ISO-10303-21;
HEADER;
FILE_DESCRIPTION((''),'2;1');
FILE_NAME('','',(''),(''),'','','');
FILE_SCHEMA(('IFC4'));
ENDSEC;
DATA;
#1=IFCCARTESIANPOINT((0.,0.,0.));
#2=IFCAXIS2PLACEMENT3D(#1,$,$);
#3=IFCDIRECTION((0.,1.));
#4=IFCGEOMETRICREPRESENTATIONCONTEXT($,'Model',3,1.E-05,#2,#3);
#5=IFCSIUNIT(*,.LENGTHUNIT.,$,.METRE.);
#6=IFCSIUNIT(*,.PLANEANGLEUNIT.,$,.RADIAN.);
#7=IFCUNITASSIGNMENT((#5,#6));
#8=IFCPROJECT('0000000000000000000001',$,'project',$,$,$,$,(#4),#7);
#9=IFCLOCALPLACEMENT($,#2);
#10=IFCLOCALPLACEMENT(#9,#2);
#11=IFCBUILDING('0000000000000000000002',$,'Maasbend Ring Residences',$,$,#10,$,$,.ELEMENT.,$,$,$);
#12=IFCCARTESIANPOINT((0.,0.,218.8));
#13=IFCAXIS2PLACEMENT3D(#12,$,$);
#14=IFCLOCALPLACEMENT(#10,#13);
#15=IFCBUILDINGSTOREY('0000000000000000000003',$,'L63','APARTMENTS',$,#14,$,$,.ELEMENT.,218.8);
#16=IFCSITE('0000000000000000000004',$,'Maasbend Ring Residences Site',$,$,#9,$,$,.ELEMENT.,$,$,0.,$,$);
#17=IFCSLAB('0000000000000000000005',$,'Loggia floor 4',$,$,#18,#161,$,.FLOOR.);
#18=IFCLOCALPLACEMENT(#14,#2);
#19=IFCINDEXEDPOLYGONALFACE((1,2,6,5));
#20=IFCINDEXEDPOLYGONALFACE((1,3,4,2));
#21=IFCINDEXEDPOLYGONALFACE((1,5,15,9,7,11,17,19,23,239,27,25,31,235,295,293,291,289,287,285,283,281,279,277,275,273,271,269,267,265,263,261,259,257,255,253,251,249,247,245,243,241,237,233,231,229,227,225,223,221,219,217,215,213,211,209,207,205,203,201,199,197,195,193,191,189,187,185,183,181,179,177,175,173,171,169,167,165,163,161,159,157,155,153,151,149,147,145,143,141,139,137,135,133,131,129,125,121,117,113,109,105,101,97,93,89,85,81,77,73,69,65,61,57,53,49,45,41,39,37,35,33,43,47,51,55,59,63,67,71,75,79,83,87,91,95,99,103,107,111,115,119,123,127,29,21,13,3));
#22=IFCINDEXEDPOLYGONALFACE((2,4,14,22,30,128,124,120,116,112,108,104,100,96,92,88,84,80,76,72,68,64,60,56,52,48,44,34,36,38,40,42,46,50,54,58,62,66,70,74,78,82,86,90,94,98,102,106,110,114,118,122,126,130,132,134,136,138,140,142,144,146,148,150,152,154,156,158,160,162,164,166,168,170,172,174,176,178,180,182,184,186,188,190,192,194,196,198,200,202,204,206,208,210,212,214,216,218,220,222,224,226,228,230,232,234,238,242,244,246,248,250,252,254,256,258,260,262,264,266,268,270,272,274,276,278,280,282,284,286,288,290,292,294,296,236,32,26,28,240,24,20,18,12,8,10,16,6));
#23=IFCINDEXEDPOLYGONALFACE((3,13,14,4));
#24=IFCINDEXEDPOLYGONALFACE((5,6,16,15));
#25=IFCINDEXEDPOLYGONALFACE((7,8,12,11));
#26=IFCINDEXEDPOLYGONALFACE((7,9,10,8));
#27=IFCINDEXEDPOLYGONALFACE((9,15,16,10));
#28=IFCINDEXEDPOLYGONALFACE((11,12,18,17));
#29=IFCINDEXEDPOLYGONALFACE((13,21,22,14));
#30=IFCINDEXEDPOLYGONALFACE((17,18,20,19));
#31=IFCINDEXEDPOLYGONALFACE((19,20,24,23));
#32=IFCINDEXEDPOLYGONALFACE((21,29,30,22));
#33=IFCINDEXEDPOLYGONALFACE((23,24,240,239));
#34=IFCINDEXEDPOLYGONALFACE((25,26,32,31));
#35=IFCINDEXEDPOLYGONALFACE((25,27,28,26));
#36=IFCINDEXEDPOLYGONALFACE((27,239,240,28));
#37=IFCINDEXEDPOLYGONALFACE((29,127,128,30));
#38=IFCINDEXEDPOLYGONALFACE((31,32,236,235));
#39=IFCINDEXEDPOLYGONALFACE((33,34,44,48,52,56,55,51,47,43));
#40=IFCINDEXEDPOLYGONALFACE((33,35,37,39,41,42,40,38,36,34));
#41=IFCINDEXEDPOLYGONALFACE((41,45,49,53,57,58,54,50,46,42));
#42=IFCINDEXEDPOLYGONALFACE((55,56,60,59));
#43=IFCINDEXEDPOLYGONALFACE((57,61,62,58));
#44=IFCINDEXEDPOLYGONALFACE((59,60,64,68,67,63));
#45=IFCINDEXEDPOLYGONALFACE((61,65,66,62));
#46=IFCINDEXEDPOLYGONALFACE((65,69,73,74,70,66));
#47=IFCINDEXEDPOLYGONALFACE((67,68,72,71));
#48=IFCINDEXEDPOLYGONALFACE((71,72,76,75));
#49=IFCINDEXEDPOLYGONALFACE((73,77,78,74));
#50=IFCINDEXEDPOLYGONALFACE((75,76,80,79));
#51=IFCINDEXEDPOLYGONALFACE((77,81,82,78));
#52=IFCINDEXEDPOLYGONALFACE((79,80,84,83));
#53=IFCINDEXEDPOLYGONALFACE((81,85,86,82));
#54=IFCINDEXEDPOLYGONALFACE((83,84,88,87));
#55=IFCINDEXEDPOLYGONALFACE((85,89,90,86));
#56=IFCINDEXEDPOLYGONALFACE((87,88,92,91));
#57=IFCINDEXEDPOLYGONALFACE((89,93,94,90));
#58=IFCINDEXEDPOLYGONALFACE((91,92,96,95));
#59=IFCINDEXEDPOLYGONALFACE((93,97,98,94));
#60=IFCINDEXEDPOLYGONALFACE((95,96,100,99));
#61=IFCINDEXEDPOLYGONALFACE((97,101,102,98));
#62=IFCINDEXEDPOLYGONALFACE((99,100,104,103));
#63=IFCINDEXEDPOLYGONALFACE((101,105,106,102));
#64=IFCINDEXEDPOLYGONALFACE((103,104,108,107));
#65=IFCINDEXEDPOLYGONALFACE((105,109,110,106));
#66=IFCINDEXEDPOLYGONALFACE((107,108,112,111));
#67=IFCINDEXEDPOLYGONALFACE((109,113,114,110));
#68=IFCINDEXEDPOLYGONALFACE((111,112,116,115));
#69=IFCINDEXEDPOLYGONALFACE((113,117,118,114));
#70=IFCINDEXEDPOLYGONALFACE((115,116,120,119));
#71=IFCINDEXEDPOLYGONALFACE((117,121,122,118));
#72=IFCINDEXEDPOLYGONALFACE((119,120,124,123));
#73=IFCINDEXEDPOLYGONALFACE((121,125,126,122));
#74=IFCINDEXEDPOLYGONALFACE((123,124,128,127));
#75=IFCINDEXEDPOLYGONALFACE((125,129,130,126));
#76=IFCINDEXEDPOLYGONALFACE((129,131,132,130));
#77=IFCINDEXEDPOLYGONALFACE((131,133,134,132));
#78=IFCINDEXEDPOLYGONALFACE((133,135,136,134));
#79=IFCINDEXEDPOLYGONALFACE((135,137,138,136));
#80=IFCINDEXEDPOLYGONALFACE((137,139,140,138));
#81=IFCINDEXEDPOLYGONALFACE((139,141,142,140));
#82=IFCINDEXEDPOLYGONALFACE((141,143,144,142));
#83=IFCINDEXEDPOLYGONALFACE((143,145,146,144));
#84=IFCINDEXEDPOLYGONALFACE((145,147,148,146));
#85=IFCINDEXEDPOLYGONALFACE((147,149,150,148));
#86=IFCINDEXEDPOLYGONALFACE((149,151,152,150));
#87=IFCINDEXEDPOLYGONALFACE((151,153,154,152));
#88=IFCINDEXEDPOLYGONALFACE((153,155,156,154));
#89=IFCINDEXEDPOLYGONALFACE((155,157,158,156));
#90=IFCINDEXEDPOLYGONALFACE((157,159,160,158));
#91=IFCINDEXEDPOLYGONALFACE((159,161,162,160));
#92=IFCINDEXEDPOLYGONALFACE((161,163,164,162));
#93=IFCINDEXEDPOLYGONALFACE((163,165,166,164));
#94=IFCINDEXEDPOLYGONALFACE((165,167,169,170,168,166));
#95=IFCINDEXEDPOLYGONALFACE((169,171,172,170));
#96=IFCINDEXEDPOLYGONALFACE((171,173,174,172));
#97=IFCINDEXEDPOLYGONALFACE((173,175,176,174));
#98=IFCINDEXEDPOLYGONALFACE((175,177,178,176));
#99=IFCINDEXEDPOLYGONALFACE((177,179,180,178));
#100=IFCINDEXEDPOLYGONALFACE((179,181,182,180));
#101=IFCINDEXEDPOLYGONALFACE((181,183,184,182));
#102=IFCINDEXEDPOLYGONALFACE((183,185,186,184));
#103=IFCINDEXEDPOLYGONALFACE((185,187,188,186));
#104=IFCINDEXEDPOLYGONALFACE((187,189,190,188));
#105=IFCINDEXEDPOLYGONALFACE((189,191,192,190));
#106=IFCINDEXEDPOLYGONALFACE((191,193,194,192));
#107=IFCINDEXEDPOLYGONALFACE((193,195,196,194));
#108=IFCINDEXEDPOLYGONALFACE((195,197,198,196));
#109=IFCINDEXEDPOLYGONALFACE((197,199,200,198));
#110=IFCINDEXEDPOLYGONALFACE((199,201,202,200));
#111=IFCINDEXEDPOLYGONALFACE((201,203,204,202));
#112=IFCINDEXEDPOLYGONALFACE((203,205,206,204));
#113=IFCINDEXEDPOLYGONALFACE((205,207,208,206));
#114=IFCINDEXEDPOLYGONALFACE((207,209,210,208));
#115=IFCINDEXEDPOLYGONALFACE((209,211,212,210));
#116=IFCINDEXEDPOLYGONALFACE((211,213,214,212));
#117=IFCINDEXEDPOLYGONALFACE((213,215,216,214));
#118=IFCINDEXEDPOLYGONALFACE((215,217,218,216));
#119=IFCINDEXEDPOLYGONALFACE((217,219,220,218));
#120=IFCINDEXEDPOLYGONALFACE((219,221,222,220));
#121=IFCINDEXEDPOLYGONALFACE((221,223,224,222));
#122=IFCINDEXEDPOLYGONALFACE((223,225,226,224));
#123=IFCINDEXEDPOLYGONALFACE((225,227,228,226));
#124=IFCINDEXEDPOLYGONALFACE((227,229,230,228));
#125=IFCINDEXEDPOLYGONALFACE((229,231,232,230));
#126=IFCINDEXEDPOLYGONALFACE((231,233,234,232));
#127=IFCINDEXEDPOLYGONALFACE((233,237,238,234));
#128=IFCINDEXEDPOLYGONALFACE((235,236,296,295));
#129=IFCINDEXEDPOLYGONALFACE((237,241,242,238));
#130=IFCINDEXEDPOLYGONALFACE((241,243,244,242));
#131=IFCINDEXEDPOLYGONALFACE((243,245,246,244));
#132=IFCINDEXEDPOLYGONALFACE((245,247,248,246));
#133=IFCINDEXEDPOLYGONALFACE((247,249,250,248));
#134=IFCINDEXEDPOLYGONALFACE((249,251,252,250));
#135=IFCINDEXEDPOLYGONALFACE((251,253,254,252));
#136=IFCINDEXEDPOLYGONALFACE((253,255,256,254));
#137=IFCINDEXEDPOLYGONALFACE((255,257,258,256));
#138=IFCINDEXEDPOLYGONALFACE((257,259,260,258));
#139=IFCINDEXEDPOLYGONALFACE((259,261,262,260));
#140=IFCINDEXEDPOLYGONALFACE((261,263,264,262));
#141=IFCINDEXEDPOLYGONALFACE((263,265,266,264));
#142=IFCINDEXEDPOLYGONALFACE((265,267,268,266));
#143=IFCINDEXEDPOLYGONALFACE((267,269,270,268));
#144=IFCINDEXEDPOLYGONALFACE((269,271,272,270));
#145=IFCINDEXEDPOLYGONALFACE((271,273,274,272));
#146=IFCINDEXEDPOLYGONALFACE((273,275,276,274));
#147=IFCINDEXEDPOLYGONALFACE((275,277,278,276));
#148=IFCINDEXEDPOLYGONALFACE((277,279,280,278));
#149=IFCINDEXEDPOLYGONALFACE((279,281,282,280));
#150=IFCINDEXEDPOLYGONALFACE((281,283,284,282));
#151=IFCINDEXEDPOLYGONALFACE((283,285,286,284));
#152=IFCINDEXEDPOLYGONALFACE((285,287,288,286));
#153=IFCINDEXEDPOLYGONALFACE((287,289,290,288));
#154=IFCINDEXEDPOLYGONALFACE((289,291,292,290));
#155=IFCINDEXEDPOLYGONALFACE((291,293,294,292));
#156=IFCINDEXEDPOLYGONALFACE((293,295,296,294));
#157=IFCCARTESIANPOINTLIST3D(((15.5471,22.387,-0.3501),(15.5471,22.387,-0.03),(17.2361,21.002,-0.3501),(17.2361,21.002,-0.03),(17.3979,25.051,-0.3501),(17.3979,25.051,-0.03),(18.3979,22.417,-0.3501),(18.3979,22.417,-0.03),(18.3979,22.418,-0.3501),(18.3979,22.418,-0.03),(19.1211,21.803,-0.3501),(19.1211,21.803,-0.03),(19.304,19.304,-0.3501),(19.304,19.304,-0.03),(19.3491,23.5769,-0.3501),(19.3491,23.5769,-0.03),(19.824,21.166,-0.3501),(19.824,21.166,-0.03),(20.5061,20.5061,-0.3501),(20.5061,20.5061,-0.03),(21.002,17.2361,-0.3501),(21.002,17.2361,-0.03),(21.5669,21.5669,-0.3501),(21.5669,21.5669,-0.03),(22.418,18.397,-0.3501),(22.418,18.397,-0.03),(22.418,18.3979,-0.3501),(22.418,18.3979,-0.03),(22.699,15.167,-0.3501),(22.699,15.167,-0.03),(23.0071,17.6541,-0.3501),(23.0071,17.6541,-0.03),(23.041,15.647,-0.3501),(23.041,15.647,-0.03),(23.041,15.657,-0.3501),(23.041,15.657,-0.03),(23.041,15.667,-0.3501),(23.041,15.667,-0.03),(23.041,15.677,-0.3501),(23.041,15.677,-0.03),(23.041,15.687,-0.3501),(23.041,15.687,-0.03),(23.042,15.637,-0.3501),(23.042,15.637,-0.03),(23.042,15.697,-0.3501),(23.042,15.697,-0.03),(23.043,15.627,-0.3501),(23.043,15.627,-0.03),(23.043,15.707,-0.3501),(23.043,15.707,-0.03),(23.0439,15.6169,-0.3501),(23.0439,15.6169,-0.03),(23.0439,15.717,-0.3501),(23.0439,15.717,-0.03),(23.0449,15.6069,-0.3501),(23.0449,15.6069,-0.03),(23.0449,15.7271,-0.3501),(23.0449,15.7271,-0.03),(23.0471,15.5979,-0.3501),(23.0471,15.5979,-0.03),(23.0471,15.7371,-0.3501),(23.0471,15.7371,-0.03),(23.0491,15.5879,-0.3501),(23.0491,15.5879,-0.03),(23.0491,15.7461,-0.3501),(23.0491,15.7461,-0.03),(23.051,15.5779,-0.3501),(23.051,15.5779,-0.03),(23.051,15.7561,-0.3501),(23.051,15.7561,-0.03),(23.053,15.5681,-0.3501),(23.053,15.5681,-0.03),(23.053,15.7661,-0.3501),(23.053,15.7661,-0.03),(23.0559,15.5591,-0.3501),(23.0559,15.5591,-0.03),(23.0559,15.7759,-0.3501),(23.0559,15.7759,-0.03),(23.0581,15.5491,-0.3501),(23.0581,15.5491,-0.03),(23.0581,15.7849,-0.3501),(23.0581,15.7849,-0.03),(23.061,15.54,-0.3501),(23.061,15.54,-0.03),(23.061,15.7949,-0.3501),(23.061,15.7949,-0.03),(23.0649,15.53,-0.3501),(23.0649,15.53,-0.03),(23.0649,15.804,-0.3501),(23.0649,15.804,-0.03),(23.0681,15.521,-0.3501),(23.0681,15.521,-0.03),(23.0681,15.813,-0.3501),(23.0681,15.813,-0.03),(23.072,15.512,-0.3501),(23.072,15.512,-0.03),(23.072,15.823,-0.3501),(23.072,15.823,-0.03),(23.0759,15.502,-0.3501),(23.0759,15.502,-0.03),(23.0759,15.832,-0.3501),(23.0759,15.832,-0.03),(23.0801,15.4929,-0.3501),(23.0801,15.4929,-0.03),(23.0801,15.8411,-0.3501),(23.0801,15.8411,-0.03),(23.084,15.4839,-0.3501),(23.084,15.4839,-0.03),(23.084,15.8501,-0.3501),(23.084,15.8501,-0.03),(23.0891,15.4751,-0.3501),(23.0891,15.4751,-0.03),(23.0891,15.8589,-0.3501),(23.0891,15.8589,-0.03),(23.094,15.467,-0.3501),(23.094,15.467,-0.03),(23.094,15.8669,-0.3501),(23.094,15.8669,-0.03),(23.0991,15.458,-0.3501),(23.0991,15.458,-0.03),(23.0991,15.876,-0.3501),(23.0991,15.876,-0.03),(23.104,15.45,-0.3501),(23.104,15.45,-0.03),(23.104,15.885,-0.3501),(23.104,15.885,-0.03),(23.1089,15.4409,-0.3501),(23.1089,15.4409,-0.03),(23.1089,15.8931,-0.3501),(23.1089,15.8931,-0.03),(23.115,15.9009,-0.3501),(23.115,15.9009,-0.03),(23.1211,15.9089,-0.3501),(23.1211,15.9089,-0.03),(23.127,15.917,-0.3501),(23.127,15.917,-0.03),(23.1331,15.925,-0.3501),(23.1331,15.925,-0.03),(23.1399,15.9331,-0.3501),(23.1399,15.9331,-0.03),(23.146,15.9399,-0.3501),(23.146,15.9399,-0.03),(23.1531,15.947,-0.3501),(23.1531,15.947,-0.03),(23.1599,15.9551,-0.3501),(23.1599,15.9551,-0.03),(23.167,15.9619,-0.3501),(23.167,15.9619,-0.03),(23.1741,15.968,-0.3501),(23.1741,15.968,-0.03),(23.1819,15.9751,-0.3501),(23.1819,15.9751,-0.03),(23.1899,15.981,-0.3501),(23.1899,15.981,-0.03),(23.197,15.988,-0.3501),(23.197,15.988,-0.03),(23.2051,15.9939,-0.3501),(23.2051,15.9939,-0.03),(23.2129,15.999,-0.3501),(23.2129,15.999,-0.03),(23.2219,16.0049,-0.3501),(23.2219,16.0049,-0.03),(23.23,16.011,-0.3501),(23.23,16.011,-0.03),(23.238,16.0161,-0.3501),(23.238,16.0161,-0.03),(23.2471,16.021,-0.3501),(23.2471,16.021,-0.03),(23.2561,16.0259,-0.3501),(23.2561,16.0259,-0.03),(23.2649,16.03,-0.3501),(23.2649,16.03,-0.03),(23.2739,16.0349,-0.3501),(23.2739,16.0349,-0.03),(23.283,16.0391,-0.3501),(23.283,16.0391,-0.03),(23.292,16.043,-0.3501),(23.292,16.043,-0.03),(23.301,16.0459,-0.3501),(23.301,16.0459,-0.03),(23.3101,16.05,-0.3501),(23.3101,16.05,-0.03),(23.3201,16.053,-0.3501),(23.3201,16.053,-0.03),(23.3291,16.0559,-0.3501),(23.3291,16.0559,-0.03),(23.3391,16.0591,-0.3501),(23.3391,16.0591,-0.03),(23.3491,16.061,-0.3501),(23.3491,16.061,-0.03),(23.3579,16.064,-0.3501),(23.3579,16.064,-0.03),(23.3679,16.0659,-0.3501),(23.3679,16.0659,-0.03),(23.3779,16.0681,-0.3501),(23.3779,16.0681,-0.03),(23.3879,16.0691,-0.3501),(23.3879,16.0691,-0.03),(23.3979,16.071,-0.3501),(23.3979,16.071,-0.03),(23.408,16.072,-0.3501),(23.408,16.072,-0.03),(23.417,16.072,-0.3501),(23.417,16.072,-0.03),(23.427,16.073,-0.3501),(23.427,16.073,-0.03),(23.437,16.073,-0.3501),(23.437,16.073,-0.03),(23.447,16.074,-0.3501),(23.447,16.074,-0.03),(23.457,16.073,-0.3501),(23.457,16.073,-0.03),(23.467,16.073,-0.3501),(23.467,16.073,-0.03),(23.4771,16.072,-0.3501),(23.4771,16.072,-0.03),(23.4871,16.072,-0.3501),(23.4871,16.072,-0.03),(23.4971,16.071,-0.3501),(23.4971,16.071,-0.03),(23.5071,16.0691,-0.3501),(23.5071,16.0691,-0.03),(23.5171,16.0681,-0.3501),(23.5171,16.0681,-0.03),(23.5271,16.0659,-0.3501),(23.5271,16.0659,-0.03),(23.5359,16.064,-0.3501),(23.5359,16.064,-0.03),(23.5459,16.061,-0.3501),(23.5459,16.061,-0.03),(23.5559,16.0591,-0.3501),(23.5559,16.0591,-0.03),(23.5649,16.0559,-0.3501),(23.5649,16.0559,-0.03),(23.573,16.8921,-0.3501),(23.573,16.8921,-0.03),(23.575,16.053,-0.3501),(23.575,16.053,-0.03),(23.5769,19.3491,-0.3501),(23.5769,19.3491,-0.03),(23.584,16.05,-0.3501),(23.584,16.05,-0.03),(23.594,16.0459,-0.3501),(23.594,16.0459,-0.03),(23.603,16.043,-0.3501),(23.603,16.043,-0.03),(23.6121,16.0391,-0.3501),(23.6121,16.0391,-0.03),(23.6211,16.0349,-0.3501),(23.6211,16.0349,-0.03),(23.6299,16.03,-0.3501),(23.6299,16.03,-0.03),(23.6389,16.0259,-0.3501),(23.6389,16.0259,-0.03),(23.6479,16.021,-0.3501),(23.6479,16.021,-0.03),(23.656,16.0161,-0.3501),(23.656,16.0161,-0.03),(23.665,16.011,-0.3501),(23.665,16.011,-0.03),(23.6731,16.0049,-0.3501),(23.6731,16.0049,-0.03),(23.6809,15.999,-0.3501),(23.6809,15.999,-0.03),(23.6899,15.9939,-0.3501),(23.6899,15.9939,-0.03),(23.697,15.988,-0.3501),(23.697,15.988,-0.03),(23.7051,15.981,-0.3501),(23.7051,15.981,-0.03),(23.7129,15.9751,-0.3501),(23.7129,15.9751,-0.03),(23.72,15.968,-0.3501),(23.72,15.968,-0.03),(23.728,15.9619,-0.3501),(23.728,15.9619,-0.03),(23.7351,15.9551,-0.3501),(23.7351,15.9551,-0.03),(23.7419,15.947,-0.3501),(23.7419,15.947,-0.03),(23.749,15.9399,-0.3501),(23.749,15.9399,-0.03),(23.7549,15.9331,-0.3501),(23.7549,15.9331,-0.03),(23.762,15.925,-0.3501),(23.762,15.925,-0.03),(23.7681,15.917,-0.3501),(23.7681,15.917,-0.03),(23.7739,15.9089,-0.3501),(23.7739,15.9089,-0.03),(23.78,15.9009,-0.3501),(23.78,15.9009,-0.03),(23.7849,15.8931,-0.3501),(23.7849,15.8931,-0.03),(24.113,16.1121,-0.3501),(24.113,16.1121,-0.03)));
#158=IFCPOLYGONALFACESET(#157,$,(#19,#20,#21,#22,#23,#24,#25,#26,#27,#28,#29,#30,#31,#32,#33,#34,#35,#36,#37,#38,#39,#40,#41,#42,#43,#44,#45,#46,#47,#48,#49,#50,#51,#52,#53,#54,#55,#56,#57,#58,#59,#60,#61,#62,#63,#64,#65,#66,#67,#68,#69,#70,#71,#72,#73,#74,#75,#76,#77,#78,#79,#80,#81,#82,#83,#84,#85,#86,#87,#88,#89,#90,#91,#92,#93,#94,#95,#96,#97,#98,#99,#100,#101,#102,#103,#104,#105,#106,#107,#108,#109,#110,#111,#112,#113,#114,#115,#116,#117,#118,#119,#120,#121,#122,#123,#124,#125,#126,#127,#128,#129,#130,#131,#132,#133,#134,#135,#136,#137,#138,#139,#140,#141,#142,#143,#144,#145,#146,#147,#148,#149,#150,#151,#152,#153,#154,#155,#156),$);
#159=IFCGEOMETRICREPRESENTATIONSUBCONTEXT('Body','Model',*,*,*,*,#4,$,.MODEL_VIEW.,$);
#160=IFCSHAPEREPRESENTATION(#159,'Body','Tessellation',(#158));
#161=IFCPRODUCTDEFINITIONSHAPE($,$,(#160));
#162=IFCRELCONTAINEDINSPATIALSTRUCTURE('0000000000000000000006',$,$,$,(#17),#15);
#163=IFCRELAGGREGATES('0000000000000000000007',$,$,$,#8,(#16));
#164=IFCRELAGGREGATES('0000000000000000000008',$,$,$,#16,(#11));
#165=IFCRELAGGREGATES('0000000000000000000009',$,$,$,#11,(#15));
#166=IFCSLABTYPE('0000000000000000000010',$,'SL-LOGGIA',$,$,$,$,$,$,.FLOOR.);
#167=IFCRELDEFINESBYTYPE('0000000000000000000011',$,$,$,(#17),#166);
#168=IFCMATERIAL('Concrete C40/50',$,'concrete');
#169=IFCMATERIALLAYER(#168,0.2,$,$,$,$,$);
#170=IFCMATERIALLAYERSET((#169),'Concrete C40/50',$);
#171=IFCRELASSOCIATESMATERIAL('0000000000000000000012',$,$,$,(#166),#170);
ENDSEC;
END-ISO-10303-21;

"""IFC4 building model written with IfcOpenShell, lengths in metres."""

from ifc_helpers import new_model, si_unit, direction, frame, origin, place, context, subcontext, project, spatial, polyline, outline, extrude, material, layer, layer_set, type_object, element, save


model = new_model("IFC4")

# Units and contexts
model_context = context("Model", 3, precision=1e-05, world=origin(), true_north=direction((0.0, 1.0)))
body_context = subcontext(model_context, "Body", "Model", "MODEL_VIEW")
ifc_project = project(units=[si_unit("LENGTHUNIT", "METRE"), si_unit("PLANEANGLEUNIT", "RADIAN")], contexts=[model_context])

# Site, building, storey
site_placement = place(None, origin())
site = spatial("IfcSite", under=ifc_project, at=site_placement, Name="Maasbend Ring Residences Site", CompositionType="ELEMENT", RefElevation=0.0)
building_placement = place(site_placement, origin())
building = spatial("IfcBuilding", under=site, at=building_placement, Name="Maasbend Ring Residences", CompositionType="ELEMENT")
storey_placement = place(building_placement, frame((0.0, 0.0, 218.8)))
storey = spatial("IfcBuildingStorey", under=building, at=storey_placement, Name="L63", Description="APARTMENTS", CompositionType="ELEMENT", Elevation=218.8)

# Slab
ifc_material_1 = material(Name="Concrete C40/50", Category="concrete")
ifc_layer_1 = layer(ifc_material_1, 0.2)
ifc_layer_set_1 = layer_set([ifc_layer_1], Name="Concrete C40/50")
slab_type_1 = type_object("IfcSlabType", Name="SL-LOGGIA", PredefinedType="FLOOR", material=ifc_layer_set_1)
slab_1_placement = place(storey_placement, frame((0.0, 0.0, -0.3501)))
element("IfcSlab", 1, at=slab_1_placement, inside=storey, type_object=slab_type_1, Name="Loggia floor 4", PredefinedType="FLOOR", context=body_context, shape_type="SweptSolid", body=[
    extrude(outline(polyline([(19.3491, 23.5769), (19.3491, 23.5769), (19.3491, 23.5769), (18.3979, 22.418), (18.3979, 22.418), (18.3979, 22.418), (18.3979, 22.418), (18.3979, 22.418), (18.3979, 22.417), (18.3979, 22.417), (18.3979, 22.417), (18.3979, 22.417), (18.3979, 22.417), (18.3979, 22.417), (18.3979, 22.417), (18.3979, 22.417), (18.3979, 22.417), (18.3979, 22.417), (18.3979, 22.417), (18.3979, 22.417), (19.1211, 21.803), (19.1211, 21.803), (19.824, 21.166), (19.824, 21.166), (20.5061, 20.5061), (20.5061, 20.5061), (20.5061, 20.5061), (20.5061, 20.5061), (20.5061, 20.5061), (20.5061, 20.5061), (20.5061, 20.5061), (20.5061, 20.5061), (20.5061, 20.5061), (20.5061, 20.5061), (20.5061, 20.5061), (20.5061, 20.5061), (20.5061, 20.5061), (20.5061, 20.5061), (20.5061, 20.5061), (20.5061, 20.5061), (20.5061, 20.5061), (21.5669, 21.5669), (21.5669, 21.5669), (21.5669, 21.5669), (23.5769, 19.3491), (23.5769, 19.3491), (23.5769, 19.3491), (22.418, 18.3979), (22.418, 18.3979), (22.418, 18.3979), (22.418, 18.3979), (22.418, 18.3979), (22.418, 18.3979), (22.418, 18.397), (22.418, 18.397), (22.418, 18.397), (22.418, 18.397), (22.418, 18.397), (22.418, 18.397), (22.418, 18.397), (22.418, 18.397), (22.418, 18.397), (22.418, 18.397), (22.418, 18.397), (23.0071, 17.6541), (23.0071, 17.6541), (23.573, 16.8921), (23.573, 16.8921), (24.113, 16.1121), (24.113, 16.1121), (24.113, 16.1121), (23.7849, 15.8931), (23.7849, 15.8931), (23.78, 15.9009), (23.7739, 15.9089), (23.7681, 15.917), (23.762, 15.925), (23.7549, 15.9331), (23.749, 15.9399), (23.7419, 15.947), (23.7351, 15.9551), (23.728, 15.9619), (23.72, 15.968), (23.7129, 15.9751), (23.7051, 15.981), (23.697, 15.988), (23.6899, 15.9939), (23.6809, 15.999), (23.6731, 16.0049), (23.665, 16.011), (23.656, 16.0161), (23.6479, 16.021), (23.6389, 16.0259), (23.6299, 16.03), (23.6211, 16.0349), (23.6121, 16.0391), (23.603, 16.043), (23.594, 16.0459), (23.584, 16.05), (23.575, 16.053), (23.5649, 16.0559), (23.5559, 16.0591), (23.5459, 16.061), (23.5359, 16.064), (23.5271, 16.0659), (23.5171, 16.0681), (23.5071, 16.0691), (23.4971, 16.071), (23.4871, 16.072), (23.4771, 16.072), (23.467, 16.073), (23.457, 16.073), (23.447, 16.074), (23.437, 16.073), (23.427, 16.073), (23.417, 16.072), (23.408, 16.072), (23.3979, 16.071), (23.3879, 16.0691), (23.3779, 16.0681), (23.3679, 16.0659), (23.3579, 16.064), (23.3491, 16.061), (23.3391, 16.0591), (23.3291, 16.0559), (23.3201, 16.053), (23.3101, 16.05), (23.301, 16.0459), (23.292, 16.043), (23.283, 16.0391), (23.2739, 16.0349), (23.2649, 16.03), (23.2561, 16.0259), (23.2471, 16.021), (23.238, 16.0161), (23.23, 16.011), (23.2219, 16.0049), (23.2129, 15.999), (23.2051, 15.9939), (23.197, 15.988), (23.1899, 15.981), (23.1819, 15.9751), (23.1741, 15.968), (23.167, 15.9619), (23.1599, 15.9551), (23.1531, 15.947), (23.146, 15.9399), (23.1399, 15.9331), (23.1331, 15.925), (23.127, 15.917), (23.1211, 15.9089), (23.115, 15.9009), (23.1089, 15.8931), (23.104, 15.885), (23.0991, 15.876), (23.094, 15.8669), (23.0891, 15.8589), (23.084, 15.8501), (23.0801, 15.8411), (23.0759, 15.832), (23.072, 15.823), (23.0681, 15.813), (23.0649, 15.804), (23.061, 15.7949), (23.0581, 15.7849), (23.0559, 15.7759), (23.053, 15.7661), (23.051, 15.7561), (23.0491, 15.7461), (23.0471, 15.7371), (23.0449, 15.7271), (23.0439, 15.717), (23.043, 15.707), (23.042, 15.697), (23.041, 15.687), (23.041, 15.677), (23.041, 15.667), (23.041, 15.657), (23.041, 15.647), (23.042, 15.637), (23.043, 15.627), (23.0439, 15.6169), (23.0449, 15.6069), (23.0471, 15.5979), (23.0491, 15.5879), (23.051, 15.5779), (23.053, 15.5681), (23.0559, 15.5591), (23.0581, 15.5491), (23.061, 15.54), (23.0649, 15.53), (23.0681, 15.521), (23.072, 15.512), (23.0759, 15.502), (23.0801, 15.4929), (23.084, 15.4839), (23.0891, 15.4751), (23.094, 15.467), (23.0991, 15.458), (23.104, 15.45), (23.1089, 15.4409), (23.1089, 15.4409), (22.699, 15.167), (22.699, 15.167), (22.699, 15.167), (21.002, 17.2361), (19.304, 19.304), (19.304, 19.304), (19.304, 19.304), (17.2361, 21.002), (15.5471, 22.387), (15.5471, 22.387), (15.5471, 22.387), (17.3979, 25.051), (17.3979, 25.051), (17.3979, 25.051), (19.3491, 23.5769)])), origin(), (0.0, 0.0, 1.0), 0.3201),
])

save(model, "model.ifc")
